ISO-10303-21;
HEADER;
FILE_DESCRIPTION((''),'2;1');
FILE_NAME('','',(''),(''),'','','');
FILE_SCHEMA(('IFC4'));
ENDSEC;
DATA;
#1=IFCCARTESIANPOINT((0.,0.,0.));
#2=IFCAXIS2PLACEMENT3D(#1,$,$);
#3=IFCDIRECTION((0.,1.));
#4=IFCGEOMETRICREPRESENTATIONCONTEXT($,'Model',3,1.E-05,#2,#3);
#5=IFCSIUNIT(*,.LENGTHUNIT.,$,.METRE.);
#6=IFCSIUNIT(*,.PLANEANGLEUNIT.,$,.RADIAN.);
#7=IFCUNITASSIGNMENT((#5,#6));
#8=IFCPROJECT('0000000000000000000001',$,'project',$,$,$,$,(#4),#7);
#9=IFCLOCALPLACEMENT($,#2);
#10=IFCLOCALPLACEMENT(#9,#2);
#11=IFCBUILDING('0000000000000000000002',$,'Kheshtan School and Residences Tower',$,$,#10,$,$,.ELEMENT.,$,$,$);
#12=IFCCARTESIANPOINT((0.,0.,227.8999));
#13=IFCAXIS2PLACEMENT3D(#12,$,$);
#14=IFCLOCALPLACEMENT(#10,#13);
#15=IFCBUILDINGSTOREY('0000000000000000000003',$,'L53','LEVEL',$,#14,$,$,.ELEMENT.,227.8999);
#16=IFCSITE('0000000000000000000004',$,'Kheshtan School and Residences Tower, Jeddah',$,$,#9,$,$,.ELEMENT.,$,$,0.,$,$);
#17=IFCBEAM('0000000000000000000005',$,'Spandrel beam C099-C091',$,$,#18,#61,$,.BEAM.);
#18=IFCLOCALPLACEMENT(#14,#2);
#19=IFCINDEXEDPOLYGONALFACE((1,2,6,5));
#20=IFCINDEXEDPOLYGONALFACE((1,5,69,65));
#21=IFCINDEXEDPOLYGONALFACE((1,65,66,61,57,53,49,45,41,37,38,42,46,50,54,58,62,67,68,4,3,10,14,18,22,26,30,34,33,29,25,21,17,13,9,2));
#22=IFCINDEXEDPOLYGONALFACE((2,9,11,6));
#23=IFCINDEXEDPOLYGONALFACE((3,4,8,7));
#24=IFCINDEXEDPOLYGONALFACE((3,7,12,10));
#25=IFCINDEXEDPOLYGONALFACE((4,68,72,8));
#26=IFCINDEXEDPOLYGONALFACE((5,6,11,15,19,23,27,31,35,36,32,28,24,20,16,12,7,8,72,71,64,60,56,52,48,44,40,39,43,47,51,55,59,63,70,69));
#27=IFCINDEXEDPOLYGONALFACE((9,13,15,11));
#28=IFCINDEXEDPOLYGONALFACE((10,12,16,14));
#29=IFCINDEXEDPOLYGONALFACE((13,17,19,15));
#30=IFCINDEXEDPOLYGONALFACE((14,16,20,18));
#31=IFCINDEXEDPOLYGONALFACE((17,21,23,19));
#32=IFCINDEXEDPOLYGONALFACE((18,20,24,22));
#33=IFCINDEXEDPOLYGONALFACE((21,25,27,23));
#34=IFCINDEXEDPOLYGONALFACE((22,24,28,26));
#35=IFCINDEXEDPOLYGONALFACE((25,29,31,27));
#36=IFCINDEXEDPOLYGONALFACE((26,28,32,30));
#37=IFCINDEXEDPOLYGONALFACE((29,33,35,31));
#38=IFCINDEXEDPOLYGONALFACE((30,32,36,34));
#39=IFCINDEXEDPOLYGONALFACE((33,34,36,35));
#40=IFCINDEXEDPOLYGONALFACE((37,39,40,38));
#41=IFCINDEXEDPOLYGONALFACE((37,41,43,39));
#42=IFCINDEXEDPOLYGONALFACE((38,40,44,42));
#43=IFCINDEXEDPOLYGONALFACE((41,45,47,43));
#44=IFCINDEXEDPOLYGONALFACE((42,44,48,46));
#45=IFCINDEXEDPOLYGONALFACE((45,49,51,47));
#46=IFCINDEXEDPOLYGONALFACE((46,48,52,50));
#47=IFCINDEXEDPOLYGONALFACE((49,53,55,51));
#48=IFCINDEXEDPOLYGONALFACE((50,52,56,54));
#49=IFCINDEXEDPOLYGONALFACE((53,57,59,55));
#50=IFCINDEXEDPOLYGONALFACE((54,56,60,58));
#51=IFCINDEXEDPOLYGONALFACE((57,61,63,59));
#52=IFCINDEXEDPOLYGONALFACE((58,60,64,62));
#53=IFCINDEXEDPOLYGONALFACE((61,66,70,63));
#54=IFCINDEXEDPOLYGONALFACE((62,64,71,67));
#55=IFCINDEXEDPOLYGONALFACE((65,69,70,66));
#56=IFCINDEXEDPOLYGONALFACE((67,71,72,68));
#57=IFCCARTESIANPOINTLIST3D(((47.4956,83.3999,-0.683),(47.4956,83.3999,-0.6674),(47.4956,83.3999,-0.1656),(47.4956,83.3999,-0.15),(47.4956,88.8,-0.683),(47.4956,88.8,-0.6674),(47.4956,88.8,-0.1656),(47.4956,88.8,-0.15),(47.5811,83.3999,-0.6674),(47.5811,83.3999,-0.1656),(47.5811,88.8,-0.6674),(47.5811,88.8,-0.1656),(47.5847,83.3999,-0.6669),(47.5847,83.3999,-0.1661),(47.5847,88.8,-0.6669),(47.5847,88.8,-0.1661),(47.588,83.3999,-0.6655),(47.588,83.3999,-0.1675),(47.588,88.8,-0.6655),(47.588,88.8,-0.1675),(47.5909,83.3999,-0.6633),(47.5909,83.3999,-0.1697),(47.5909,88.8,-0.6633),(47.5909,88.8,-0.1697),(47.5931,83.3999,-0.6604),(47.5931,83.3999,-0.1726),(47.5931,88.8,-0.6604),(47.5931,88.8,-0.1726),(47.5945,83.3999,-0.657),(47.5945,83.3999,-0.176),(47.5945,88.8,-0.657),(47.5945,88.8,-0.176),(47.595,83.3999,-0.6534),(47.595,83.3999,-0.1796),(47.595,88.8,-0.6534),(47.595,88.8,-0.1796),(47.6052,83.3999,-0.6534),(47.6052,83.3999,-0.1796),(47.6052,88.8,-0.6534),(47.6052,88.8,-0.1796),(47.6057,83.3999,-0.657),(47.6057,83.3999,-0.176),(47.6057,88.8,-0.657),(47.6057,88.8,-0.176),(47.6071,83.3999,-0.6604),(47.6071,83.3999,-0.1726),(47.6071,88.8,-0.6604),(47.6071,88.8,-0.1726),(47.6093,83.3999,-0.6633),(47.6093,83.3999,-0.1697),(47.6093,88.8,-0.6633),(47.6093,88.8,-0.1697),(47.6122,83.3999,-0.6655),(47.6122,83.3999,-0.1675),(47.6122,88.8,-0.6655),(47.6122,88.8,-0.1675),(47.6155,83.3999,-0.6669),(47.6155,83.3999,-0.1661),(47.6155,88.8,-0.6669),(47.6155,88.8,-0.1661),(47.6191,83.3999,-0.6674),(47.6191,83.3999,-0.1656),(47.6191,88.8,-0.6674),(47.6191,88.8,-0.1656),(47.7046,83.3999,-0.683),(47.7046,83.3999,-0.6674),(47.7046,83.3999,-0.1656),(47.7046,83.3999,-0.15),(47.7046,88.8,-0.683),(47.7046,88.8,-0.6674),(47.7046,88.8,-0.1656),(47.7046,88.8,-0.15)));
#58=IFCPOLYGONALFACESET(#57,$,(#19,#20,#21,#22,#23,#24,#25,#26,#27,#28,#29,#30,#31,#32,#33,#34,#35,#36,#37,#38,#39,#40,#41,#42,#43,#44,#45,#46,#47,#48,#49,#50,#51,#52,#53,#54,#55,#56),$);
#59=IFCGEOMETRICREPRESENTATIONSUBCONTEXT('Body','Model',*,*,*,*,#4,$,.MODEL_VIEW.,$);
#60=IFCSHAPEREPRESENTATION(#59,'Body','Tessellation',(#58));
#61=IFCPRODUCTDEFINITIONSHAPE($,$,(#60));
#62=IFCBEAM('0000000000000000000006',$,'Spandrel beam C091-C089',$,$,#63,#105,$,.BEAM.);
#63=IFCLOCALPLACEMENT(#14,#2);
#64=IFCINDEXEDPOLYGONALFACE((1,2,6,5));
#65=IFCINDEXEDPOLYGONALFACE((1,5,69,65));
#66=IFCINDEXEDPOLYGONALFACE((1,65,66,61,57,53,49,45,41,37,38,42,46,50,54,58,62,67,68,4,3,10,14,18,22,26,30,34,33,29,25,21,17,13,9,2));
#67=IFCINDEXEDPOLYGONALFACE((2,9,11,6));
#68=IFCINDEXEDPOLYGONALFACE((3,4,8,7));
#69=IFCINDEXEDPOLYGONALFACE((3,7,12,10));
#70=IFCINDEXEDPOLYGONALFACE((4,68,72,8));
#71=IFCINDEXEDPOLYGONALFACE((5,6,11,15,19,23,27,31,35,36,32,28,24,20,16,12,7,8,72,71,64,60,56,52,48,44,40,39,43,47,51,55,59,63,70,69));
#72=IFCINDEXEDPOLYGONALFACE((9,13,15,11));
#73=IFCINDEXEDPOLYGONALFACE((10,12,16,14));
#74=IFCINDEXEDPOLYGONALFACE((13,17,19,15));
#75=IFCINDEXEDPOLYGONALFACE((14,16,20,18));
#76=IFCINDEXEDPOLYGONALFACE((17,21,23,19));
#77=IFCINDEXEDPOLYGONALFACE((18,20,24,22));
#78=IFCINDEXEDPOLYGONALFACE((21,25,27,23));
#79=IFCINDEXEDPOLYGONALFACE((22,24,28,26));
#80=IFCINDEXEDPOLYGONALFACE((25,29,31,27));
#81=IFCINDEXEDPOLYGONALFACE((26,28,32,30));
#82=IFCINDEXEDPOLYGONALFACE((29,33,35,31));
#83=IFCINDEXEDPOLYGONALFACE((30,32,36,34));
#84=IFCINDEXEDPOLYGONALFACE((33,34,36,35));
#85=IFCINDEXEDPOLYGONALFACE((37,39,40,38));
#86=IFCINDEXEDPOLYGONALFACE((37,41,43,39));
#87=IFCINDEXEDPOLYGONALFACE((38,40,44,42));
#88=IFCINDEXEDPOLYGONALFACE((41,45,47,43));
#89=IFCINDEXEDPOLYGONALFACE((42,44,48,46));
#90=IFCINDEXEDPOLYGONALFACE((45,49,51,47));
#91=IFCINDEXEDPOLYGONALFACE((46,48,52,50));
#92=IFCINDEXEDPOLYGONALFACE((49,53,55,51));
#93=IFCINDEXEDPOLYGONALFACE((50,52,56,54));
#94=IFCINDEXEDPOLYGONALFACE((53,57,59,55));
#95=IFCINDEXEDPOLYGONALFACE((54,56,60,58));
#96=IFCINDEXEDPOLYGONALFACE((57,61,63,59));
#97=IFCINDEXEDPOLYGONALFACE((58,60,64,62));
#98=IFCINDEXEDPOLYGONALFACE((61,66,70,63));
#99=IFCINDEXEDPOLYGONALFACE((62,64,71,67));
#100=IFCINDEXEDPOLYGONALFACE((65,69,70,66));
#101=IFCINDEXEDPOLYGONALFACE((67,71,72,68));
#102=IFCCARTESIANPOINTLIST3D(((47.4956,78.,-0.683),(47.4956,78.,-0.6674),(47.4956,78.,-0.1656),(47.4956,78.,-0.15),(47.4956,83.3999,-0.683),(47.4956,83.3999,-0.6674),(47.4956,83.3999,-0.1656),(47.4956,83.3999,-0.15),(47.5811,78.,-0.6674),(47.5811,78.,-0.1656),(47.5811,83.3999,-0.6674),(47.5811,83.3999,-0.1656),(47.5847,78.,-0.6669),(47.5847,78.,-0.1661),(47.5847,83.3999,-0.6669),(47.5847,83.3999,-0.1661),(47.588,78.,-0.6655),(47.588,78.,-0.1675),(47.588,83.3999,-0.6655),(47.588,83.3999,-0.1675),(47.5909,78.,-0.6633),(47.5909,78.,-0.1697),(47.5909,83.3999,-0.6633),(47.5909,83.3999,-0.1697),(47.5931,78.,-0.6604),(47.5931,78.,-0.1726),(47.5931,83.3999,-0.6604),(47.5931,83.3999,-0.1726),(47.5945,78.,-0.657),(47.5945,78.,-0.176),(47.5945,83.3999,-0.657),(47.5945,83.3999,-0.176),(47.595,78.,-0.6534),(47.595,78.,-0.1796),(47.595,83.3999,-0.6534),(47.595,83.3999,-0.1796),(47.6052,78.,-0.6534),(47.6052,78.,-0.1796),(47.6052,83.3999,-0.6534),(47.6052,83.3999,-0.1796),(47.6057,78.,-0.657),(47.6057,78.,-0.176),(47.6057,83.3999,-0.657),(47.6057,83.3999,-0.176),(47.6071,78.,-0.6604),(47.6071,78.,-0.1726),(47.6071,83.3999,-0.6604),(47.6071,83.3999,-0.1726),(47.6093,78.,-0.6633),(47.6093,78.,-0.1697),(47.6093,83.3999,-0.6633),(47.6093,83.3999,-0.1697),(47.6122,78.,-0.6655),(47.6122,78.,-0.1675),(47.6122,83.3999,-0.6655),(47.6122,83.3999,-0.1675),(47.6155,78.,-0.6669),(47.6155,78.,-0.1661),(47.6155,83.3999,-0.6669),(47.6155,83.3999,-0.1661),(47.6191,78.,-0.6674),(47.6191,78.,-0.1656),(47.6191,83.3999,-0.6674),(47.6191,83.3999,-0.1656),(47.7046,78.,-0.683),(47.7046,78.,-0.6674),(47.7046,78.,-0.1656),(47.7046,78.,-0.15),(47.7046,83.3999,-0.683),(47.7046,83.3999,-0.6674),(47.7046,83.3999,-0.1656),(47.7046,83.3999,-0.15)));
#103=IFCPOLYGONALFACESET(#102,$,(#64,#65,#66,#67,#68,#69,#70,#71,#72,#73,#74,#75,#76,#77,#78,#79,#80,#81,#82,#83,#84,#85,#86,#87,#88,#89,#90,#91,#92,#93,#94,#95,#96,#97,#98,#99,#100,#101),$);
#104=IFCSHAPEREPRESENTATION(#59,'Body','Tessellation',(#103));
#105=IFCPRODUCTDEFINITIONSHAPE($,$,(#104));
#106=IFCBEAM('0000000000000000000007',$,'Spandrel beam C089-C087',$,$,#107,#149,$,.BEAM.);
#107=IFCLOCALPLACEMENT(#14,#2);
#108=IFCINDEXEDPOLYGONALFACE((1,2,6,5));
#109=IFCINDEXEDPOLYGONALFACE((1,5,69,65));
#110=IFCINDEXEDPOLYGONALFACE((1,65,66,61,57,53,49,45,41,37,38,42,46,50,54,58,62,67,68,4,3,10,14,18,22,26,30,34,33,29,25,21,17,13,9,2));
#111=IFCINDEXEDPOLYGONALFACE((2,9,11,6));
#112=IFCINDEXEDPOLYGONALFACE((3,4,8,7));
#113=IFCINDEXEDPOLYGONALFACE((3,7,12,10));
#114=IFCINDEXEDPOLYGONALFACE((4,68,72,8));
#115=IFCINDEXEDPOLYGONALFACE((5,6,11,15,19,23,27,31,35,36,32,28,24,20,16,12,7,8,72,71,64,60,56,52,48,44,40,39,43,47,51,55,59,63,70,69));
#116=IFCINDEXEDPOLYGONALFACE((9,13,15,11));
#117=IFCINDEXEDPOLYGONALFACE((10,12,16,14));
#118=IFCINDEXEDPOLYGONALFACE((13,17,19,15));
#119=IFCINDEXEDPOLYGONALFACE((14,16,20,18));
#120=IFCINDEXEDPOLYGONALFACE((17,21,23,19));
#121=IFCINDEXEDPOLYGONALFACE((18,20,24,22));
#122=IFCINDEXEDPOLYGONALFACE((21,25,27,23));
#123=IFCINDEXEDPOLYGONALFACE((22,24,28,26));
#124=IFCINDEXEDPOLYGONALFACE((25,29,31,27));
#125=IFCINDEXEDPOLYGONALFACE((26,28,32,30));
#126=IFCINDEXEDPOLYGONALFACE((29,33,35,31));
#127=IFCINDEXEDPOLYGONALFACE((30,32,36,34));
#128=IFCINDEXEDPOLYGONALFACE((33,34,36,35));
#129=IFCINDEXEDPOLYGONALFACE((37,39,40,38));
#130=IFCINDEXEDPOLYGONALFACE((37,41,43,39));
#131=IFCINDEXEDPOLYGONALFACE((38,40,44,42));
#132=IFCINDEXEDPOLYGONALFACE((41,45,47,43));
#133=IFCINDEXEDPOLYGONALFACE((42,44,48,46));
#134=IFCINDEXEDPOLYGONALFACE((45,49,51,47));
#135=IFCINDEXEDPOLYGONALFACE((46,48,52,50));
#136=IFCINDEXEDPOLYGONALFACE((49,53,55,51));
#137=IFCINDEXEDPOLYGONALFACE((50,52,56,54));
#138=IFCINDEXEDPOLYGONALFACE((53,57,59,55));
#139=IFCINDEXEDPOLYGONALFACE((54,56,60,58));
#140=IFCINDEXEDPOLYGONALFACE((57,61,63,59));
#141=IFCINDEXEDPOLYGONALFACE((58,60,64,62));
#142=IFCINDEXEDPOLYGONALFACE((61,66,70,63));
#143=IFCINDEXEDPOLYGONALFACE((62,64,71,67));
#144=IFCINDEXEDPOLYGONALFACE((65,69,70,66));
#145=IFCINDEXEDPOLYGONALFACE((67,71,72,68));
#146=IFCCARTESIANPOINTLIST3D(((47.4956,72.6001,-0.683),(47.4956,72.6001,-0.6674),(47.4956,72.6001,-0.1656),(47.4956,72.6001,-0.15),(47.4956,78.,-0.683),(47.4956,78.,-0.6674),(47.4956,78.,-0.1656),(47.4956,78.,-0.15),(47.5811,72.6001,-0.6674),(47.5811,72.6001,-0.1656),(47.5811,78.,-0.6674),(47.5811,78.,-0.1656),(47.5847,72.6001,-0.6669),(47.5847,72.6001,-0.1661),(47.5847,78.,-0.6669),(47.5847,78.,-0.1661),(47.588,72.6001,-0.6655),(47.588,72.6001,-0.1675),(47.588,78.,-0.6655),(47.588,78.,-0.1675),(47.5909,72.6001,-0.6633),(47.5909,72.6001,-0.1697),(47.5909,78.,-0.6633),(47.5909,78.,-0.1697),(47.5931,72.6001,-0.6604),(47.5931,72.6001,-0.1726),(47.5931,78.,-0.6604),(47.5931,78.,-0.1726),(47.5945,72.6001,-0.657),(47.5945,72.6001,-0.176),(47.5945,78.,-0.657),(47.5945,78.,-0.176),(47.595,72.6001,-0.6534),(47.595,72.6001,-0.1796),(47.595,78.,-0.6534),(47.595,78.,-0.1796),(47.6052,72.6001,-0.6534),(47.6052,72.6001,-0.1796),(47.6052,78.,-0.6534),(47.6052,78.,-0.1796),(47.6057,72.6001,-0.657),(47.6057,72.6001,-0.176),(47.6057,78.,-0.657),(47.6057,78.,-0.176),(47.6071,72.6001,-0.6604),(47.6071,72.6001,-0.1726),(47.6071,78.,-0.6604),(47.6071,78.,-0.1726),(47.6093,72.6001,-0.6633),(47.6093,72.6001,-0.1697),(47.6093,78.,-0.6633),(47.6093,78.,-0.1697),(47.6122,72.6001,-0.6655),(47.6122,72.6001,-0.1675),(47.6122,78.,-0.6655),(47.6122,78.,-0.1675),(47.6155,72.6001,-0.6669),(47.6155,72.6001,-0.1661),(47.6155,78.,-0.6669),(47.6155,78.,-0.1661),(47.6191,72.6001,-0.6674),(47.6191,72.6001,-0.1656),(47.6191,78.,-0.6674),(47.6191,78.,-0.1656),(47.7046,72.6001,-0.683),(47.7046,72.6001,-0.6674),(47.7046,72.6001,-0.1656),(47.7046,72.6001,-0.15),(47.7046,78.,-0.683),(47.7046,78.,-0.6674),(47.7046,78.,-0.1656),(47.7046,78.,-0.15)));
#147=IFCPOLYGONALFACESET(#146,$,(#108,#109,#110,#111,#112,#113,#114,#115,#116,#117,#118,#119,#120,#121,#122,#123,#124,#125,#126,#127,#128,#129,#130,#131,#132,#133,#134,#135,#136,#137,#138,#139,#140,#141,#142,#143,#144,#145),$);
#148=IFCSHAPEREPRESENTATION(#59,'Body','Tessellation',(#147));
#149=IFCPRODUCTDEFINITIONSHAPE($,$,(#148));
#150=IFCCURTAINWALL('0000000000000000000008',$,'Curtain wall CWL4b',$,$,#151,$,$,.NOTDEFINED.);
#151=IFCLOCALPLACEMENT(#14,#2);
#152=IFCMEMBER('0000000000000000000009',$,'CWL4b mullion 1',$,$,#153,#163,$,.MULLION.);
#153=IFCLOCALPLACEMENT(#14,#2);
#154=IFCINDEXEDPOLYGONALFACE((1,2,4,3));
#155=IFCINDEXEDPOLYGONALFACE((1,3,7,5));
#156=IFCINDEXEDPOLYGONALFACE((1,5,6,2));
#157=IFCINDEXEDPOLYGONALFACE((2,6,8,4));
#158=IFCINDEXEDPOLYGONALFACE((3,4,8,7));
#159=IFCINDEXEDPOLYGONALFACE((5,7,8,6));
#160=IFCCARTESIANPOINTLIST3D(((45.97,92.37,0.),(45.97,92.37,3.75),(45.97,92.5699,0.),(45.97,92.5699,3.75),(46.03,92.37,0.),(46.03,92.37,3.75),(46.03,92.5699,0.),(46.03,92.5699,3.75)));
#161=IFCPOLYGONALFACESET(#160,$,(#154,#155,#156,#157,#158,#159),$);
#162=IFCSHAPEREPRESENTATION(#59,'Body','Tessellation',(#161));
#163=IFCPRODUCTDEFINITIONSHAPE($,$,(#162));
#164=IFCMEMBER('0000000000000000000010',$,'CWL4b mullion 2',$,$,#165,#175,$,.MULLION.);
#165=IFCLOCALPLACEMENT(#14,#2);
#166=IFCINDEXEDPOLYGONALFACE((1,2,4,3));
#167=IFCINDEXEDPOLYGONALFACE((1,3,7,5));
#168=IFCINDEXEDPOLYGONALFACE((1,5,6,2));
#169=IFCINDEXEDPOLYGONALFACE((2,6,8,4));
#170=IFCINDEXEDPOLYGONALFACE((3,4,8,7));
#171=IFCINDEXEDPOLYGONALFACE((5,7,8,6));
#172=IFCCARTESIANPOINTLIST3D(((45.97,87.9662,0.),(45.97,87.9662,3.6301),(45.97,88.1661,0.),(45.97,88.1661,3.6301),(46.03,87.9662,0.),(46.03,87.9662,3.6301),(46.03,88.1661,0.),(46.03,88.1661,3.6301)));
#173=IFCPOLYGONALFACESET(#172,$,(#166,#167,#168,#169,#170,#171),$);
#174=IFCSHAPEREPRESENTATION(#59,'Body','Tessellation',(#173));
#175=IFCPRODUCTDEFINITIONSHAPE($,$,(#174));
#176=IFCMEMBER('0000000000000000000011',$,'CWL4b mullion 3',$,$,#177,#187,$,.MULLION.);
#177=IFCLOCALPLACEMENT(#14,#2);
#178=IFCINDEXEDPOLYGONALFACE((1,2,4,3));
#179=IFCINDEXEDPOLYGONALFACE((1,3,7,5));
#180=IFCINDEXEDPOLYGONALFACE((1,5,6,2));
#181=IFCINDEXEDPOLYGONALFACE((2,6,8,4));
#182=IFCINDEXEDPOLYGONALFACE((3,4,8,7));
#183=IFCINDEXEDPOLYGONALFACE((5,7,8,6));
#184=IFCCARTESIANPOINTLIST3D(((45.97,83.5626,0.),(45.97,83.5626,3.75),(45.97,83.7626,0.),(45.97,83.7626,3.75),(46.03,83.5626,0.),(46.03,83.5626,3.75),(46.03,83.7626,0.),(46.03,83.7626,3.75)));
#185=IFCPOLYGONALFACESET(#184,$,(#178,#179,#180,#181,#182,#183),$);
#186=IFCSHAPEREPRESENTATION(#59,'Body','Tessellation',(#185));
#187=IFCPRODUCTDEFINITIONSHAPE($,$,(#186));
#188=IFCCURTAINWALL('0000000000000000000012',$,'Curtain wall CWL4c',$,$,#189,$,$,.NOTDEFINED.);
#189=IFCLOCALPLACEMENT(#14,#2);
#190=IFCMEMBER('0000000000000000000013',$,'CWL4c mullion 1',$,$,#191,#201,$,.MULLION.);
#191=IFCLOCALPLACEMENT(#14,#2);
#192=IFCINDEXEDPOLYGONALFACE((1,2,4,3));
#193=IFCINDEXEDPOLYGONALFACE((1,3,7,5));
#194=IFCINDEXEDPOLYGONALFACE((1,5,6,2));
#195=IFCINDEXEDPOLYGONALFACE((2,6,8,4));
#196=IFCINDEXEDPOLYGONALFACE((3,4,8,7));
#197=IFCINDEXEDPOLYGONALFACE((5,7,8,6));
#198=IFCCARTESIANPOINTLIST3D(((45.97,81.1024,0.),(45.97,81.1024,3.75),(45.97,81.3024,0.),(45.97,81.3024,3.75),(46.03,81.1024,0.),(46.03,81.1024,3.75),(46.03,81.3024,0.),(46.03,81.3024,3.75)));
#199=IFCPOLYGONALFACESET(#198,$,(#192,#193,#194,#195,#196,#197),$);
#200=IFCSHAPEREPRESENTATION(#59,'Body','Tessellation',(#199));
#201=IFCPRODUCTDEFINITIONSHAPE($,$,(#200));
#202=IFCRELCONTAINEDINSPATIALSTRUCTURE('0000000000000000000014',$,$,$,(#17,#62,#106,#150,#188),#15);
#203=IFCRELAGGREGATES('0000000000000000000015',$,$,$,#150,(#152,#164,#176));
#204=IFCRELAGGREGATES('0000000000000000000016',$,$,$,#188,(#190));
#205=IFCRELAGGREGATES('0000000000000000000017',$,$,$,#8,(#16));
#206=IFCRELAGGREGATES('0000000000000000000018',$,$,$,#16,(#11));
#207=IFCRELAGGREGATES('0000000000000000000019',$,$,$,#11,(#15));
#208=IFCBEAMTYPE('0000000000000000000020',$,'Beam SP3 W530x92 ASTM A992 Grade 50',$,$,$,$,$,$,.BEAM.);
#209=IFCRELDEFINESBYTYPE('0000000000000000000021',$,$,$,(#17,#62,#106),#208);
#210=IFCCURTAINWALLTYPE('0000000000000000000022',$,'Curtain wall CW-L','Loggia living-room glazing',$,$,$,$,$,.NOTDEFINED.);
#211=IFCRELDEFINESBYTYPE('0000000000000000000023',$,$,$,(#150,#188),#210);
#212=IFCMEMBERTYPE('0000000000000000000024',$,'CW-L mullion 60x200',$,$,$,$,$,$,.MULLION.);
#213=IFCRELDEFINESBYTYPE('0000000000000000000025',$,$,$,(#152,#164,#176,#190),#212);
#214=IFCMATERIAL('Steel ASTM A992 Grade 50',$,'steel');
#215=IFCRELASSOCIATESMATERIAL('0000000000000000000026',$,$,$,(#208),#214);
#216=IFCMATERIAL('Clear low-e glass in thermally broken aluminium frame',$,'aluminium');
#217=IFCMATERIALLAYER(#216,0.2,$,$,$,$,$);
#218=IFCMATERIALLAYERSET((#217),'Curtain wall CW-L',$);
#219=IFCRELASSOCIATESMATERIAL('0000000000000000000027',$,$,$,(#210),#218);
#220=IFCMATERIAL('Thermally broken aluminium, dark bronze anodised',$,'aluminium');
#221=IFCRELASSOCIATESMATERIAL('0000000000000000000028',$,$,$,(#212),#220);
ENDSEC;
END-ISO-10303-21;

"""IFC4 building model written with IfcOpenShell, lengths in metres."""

from ifc_helpers import new_model, si_unit, direction, frame, origin, origin_2d, place, context, subcontext, project, spatial, rectangle, i_section, extrude, material, layer, layer_set, material_profile, profile_set, type_object, element, aggregate, save


model = new_model("IFC4")

# Units and contexts
model_context = context("Model", 3, precision=1e-05, world=origin(), true_north=direction((0.0, 1.0)))
body_context = subcontext(model_context, "Body", "Model", "MODEL_VIEW")
ifc_project = project(units=[si_unit("LENGTHUNIT", "METRE"), si_unit("PLANEANGLEUNIT", "RADIAN")], contexts=[model_context])

# Site, building, storey
site_placement = place(None, origin())
site = spatial("IfcSite", under=ifc_project, at=site_placement, Name="Kheshtan School and Residences Tower, Jeddah", CompositionType="ELEMENT", RefElevation=0.0)
building_placement = place(site_placement, origin())
building = spatial("IfcBuilding", under=site, at=building_placement, Name="Kheshtan School and Residences Tower", CompositionType="ELEMENT")
storey_placement = place(building_placement, frame((0.0, 0.0, 227.8999)))
storey = spatial("IfcBuildingStorey", under=building, at=storey_placement, Name="L53", Description="LEVEL", CompositionType="ELEMENT", Elevation=227.8999)

# Shared definitions
ifc_material_1 = material(Name="Steel ASTM A992 Grade 50", Category="steel")

# Beams
ifc_material_profile_1 = material_profile(ifc_material_1, i_section(OverallWidth=0.209, OverallDepth=0.533, WebThickness=0.0103, FlangeThickness=0.0156, FilletRadius=0.0139, at=origin_2d()), Name="W530x92")
ifc_profile_set_1 = profile_set([ifc_material_profile_1], Name="Steel ASTM A992 Grade 50")
beam_type_1 = type_object("IfcBeamType", Name="Beam SP3 W530x92 ASTM A992 Grade 50", PredefinedType="BEAM", material=ifc_profile_set_1)
beam_1_placement = place(storey_placement, frame((47.6001, 88.8, -0.4165), z_axis=(0.0, -1.0, 0.0), x_axis=(1.0, 0.0, 0.0)))
element("IfcBeam", 1, at=beam_1_placement, inside=storey, type_object=beam_type_1, Name="Spandrel beam C099-C091", PredefinedType="BEAM", context=body_context, shape_type="SweptSolid", body=[
    extrude(i_section(OverallWidth=0.209, OverallDepth=0.533, WebThickness=0.0103, FlangeThickness=0.0156, FilletRadius=0.0139, at=origin_2d()), origin(), (0.0, 0.0, 1.0), 5.4001),
])
for number, where, z_axis, x_axis, name in (
    (2, (47.6001, 83.3999, -0.4165), (0.0, -1.0, 0.0), (1.0, 0.0, 0.0), "Spandrel beam C091-C089"),
    (3, (47.6001, 78.0, -0.4165), (0.0, -1.0, 0.0), (1.0, 0.0, 0.0), "Spandrel beam C089-C087"),
):
    element("IfcBeam", number, at=place(storey_placement, frame(where, z_axis=z_axis, x_axis=x_axis)), inside=storey, type_object=beam_type_1, Name=name, PredefinedType="BEAM", context=body_context, shape_type="SweptSolid", body=[
        extrude(i_section(OverallWidth=0.209, OverallDepth=0.533, WebThickness=0.0103, FlangeThickness=0.0156, FilletRadius=0.0139, at=origin_2d()), origin(), (0.0, 0.0, 1.0), 5.3999),
    ])

# Curtain walls, members
ifc_material_2 = material(Name="Clear low-e glass in thermally broken aluminium frame", Category="aluminium")
ifc_layer_1 = layer(ifc_material_2, 0.2)
ifc_layer_set_1 = layer_set([ifc_layer_1], Name="Curtain wall CW-L")
curtain_wall_type = type_object("IfcCurtainWallType", Name="Curtain wall CW-L", Description="Loggia living-room glazing", PredefinedType="NOTDEFINED", material=ifc_layer_set_1)
curtain_wall_1_placement = place(storey_placement, origin())
curtain_wall_1 = element("IfcCurtainWall", 4, at=curtain_wall_1_placement, inside=storey, type_object=curtain_wall_type, Name="Curtain wall CWL4b", PredefinedType="NOTDEFINED")
ifc_material_3 = material(Name="Thermally broken aluminium, dark bronze anodised", Category="aluminium")
ifc_material_profile_2 = material_profile(ifc_material_3, rectangle(XDim=0.0601, YDim=0.2, at=origin_2d()), Name="CW-L mullion 60x200")
ifc_profile_set_2 = profile_set([ifc_material_profile_2], Name="Thermally broken aluminium, dark bronze anodised")
member_type_1 = type_object("IfcMemberType", Name="CW-L mullion 60x200", PredefinedType="MULLION", material=ifc_profile_set_2)
member_1_placement = place(storey_placement, frame((46.0, 92.47, 0.0), z_axis=(0.0, 0.0, 1.0), x_axis=(1.0, 0.0, 0.0)))
member_1 = element("IfcMember", 5, at=member_1_placement, type_object=member_type_1, Name="CWL4b mullion 1", PredefinedType="MULLION", context=body_context, shape_type="SweptSolid", body=[
    extrude(rectangle(XDim=0.0601, YDim=0.2, at=origin_2d()), origin(), (0.0, 0.0, 1.0), 3.75),
])
member_2_placement = place(storey_placement, frame((46.0, 88.0662, 0.0), z_axis=(0.0, 0.0, 1.0), x_axis=(1.0, 0.0, 0.0)))
member_2 = element("IfcMember", 6, at=member_2_placement, type_object=member_type_1, Name="CWL4b mullion 2", PredefinedType="MULLION", context=body_context, shape_type="SweptSolid", body=[
    extrude(rectangle(XDim=0.0601, YDim=0.2, at=origin_2d()), origin(), (0.0, 0.0, 1.0), 3.6301),
])
member_3_placement = place(storey_placement, frame((46.0, 83.6626, 0.0), z_axis=(0.0, 0.0, 1.0), x_axis=(1.0, 0.0, 0.0)))
member_3 = element("IfcMember", 7, at=member_3_placement, type_object=member_type_1, Name="CWL4b mullion 3", PredefinedType="MULLION", context=body_context, shape_type="SweptSolid", body=[
    extrude(rectangle(XDim=0.0601, YDim=0.2, at=origin_2d()), origin(), (0.0, 0.0, 1.0), 3.75),
])
curtain_wall_2_placement = place(storey_placement, origin())
curtain_wall_2 = element("IfcCurtainWall", 8, at=curtain_wall_2_placement, inside=storey, type_object=curtain_wall_type, Name="Curtain wall CWL4c", PredefinedType="NOTDEFINED")
member_4_placement = place(storey_placement, frame((46.0, 81.2024, 0.0), z_axis=(0.0, 0.0, 1.0), x_axis=(1.0, 0.0, 0.0)))
member_4 = element("IfcMember", 9, at=member_4_placement, type_object=member_type_1, Name="CWL4c mullion 1", PredefinedType="MULLION", context=body_context, shape_type="SweptSolid", body=[
    extrude(rectangle(XDim=0.0601, YDim=0.2, at=origin_2d()), origin(), (0.0, 0.0, 1.0), 3.75),
])

aggregate(curtain_wall_1, [member_1, member_2, member_3])
aggregate(curtain_wall_2, [member_4])

save(model, "model.ifc")
